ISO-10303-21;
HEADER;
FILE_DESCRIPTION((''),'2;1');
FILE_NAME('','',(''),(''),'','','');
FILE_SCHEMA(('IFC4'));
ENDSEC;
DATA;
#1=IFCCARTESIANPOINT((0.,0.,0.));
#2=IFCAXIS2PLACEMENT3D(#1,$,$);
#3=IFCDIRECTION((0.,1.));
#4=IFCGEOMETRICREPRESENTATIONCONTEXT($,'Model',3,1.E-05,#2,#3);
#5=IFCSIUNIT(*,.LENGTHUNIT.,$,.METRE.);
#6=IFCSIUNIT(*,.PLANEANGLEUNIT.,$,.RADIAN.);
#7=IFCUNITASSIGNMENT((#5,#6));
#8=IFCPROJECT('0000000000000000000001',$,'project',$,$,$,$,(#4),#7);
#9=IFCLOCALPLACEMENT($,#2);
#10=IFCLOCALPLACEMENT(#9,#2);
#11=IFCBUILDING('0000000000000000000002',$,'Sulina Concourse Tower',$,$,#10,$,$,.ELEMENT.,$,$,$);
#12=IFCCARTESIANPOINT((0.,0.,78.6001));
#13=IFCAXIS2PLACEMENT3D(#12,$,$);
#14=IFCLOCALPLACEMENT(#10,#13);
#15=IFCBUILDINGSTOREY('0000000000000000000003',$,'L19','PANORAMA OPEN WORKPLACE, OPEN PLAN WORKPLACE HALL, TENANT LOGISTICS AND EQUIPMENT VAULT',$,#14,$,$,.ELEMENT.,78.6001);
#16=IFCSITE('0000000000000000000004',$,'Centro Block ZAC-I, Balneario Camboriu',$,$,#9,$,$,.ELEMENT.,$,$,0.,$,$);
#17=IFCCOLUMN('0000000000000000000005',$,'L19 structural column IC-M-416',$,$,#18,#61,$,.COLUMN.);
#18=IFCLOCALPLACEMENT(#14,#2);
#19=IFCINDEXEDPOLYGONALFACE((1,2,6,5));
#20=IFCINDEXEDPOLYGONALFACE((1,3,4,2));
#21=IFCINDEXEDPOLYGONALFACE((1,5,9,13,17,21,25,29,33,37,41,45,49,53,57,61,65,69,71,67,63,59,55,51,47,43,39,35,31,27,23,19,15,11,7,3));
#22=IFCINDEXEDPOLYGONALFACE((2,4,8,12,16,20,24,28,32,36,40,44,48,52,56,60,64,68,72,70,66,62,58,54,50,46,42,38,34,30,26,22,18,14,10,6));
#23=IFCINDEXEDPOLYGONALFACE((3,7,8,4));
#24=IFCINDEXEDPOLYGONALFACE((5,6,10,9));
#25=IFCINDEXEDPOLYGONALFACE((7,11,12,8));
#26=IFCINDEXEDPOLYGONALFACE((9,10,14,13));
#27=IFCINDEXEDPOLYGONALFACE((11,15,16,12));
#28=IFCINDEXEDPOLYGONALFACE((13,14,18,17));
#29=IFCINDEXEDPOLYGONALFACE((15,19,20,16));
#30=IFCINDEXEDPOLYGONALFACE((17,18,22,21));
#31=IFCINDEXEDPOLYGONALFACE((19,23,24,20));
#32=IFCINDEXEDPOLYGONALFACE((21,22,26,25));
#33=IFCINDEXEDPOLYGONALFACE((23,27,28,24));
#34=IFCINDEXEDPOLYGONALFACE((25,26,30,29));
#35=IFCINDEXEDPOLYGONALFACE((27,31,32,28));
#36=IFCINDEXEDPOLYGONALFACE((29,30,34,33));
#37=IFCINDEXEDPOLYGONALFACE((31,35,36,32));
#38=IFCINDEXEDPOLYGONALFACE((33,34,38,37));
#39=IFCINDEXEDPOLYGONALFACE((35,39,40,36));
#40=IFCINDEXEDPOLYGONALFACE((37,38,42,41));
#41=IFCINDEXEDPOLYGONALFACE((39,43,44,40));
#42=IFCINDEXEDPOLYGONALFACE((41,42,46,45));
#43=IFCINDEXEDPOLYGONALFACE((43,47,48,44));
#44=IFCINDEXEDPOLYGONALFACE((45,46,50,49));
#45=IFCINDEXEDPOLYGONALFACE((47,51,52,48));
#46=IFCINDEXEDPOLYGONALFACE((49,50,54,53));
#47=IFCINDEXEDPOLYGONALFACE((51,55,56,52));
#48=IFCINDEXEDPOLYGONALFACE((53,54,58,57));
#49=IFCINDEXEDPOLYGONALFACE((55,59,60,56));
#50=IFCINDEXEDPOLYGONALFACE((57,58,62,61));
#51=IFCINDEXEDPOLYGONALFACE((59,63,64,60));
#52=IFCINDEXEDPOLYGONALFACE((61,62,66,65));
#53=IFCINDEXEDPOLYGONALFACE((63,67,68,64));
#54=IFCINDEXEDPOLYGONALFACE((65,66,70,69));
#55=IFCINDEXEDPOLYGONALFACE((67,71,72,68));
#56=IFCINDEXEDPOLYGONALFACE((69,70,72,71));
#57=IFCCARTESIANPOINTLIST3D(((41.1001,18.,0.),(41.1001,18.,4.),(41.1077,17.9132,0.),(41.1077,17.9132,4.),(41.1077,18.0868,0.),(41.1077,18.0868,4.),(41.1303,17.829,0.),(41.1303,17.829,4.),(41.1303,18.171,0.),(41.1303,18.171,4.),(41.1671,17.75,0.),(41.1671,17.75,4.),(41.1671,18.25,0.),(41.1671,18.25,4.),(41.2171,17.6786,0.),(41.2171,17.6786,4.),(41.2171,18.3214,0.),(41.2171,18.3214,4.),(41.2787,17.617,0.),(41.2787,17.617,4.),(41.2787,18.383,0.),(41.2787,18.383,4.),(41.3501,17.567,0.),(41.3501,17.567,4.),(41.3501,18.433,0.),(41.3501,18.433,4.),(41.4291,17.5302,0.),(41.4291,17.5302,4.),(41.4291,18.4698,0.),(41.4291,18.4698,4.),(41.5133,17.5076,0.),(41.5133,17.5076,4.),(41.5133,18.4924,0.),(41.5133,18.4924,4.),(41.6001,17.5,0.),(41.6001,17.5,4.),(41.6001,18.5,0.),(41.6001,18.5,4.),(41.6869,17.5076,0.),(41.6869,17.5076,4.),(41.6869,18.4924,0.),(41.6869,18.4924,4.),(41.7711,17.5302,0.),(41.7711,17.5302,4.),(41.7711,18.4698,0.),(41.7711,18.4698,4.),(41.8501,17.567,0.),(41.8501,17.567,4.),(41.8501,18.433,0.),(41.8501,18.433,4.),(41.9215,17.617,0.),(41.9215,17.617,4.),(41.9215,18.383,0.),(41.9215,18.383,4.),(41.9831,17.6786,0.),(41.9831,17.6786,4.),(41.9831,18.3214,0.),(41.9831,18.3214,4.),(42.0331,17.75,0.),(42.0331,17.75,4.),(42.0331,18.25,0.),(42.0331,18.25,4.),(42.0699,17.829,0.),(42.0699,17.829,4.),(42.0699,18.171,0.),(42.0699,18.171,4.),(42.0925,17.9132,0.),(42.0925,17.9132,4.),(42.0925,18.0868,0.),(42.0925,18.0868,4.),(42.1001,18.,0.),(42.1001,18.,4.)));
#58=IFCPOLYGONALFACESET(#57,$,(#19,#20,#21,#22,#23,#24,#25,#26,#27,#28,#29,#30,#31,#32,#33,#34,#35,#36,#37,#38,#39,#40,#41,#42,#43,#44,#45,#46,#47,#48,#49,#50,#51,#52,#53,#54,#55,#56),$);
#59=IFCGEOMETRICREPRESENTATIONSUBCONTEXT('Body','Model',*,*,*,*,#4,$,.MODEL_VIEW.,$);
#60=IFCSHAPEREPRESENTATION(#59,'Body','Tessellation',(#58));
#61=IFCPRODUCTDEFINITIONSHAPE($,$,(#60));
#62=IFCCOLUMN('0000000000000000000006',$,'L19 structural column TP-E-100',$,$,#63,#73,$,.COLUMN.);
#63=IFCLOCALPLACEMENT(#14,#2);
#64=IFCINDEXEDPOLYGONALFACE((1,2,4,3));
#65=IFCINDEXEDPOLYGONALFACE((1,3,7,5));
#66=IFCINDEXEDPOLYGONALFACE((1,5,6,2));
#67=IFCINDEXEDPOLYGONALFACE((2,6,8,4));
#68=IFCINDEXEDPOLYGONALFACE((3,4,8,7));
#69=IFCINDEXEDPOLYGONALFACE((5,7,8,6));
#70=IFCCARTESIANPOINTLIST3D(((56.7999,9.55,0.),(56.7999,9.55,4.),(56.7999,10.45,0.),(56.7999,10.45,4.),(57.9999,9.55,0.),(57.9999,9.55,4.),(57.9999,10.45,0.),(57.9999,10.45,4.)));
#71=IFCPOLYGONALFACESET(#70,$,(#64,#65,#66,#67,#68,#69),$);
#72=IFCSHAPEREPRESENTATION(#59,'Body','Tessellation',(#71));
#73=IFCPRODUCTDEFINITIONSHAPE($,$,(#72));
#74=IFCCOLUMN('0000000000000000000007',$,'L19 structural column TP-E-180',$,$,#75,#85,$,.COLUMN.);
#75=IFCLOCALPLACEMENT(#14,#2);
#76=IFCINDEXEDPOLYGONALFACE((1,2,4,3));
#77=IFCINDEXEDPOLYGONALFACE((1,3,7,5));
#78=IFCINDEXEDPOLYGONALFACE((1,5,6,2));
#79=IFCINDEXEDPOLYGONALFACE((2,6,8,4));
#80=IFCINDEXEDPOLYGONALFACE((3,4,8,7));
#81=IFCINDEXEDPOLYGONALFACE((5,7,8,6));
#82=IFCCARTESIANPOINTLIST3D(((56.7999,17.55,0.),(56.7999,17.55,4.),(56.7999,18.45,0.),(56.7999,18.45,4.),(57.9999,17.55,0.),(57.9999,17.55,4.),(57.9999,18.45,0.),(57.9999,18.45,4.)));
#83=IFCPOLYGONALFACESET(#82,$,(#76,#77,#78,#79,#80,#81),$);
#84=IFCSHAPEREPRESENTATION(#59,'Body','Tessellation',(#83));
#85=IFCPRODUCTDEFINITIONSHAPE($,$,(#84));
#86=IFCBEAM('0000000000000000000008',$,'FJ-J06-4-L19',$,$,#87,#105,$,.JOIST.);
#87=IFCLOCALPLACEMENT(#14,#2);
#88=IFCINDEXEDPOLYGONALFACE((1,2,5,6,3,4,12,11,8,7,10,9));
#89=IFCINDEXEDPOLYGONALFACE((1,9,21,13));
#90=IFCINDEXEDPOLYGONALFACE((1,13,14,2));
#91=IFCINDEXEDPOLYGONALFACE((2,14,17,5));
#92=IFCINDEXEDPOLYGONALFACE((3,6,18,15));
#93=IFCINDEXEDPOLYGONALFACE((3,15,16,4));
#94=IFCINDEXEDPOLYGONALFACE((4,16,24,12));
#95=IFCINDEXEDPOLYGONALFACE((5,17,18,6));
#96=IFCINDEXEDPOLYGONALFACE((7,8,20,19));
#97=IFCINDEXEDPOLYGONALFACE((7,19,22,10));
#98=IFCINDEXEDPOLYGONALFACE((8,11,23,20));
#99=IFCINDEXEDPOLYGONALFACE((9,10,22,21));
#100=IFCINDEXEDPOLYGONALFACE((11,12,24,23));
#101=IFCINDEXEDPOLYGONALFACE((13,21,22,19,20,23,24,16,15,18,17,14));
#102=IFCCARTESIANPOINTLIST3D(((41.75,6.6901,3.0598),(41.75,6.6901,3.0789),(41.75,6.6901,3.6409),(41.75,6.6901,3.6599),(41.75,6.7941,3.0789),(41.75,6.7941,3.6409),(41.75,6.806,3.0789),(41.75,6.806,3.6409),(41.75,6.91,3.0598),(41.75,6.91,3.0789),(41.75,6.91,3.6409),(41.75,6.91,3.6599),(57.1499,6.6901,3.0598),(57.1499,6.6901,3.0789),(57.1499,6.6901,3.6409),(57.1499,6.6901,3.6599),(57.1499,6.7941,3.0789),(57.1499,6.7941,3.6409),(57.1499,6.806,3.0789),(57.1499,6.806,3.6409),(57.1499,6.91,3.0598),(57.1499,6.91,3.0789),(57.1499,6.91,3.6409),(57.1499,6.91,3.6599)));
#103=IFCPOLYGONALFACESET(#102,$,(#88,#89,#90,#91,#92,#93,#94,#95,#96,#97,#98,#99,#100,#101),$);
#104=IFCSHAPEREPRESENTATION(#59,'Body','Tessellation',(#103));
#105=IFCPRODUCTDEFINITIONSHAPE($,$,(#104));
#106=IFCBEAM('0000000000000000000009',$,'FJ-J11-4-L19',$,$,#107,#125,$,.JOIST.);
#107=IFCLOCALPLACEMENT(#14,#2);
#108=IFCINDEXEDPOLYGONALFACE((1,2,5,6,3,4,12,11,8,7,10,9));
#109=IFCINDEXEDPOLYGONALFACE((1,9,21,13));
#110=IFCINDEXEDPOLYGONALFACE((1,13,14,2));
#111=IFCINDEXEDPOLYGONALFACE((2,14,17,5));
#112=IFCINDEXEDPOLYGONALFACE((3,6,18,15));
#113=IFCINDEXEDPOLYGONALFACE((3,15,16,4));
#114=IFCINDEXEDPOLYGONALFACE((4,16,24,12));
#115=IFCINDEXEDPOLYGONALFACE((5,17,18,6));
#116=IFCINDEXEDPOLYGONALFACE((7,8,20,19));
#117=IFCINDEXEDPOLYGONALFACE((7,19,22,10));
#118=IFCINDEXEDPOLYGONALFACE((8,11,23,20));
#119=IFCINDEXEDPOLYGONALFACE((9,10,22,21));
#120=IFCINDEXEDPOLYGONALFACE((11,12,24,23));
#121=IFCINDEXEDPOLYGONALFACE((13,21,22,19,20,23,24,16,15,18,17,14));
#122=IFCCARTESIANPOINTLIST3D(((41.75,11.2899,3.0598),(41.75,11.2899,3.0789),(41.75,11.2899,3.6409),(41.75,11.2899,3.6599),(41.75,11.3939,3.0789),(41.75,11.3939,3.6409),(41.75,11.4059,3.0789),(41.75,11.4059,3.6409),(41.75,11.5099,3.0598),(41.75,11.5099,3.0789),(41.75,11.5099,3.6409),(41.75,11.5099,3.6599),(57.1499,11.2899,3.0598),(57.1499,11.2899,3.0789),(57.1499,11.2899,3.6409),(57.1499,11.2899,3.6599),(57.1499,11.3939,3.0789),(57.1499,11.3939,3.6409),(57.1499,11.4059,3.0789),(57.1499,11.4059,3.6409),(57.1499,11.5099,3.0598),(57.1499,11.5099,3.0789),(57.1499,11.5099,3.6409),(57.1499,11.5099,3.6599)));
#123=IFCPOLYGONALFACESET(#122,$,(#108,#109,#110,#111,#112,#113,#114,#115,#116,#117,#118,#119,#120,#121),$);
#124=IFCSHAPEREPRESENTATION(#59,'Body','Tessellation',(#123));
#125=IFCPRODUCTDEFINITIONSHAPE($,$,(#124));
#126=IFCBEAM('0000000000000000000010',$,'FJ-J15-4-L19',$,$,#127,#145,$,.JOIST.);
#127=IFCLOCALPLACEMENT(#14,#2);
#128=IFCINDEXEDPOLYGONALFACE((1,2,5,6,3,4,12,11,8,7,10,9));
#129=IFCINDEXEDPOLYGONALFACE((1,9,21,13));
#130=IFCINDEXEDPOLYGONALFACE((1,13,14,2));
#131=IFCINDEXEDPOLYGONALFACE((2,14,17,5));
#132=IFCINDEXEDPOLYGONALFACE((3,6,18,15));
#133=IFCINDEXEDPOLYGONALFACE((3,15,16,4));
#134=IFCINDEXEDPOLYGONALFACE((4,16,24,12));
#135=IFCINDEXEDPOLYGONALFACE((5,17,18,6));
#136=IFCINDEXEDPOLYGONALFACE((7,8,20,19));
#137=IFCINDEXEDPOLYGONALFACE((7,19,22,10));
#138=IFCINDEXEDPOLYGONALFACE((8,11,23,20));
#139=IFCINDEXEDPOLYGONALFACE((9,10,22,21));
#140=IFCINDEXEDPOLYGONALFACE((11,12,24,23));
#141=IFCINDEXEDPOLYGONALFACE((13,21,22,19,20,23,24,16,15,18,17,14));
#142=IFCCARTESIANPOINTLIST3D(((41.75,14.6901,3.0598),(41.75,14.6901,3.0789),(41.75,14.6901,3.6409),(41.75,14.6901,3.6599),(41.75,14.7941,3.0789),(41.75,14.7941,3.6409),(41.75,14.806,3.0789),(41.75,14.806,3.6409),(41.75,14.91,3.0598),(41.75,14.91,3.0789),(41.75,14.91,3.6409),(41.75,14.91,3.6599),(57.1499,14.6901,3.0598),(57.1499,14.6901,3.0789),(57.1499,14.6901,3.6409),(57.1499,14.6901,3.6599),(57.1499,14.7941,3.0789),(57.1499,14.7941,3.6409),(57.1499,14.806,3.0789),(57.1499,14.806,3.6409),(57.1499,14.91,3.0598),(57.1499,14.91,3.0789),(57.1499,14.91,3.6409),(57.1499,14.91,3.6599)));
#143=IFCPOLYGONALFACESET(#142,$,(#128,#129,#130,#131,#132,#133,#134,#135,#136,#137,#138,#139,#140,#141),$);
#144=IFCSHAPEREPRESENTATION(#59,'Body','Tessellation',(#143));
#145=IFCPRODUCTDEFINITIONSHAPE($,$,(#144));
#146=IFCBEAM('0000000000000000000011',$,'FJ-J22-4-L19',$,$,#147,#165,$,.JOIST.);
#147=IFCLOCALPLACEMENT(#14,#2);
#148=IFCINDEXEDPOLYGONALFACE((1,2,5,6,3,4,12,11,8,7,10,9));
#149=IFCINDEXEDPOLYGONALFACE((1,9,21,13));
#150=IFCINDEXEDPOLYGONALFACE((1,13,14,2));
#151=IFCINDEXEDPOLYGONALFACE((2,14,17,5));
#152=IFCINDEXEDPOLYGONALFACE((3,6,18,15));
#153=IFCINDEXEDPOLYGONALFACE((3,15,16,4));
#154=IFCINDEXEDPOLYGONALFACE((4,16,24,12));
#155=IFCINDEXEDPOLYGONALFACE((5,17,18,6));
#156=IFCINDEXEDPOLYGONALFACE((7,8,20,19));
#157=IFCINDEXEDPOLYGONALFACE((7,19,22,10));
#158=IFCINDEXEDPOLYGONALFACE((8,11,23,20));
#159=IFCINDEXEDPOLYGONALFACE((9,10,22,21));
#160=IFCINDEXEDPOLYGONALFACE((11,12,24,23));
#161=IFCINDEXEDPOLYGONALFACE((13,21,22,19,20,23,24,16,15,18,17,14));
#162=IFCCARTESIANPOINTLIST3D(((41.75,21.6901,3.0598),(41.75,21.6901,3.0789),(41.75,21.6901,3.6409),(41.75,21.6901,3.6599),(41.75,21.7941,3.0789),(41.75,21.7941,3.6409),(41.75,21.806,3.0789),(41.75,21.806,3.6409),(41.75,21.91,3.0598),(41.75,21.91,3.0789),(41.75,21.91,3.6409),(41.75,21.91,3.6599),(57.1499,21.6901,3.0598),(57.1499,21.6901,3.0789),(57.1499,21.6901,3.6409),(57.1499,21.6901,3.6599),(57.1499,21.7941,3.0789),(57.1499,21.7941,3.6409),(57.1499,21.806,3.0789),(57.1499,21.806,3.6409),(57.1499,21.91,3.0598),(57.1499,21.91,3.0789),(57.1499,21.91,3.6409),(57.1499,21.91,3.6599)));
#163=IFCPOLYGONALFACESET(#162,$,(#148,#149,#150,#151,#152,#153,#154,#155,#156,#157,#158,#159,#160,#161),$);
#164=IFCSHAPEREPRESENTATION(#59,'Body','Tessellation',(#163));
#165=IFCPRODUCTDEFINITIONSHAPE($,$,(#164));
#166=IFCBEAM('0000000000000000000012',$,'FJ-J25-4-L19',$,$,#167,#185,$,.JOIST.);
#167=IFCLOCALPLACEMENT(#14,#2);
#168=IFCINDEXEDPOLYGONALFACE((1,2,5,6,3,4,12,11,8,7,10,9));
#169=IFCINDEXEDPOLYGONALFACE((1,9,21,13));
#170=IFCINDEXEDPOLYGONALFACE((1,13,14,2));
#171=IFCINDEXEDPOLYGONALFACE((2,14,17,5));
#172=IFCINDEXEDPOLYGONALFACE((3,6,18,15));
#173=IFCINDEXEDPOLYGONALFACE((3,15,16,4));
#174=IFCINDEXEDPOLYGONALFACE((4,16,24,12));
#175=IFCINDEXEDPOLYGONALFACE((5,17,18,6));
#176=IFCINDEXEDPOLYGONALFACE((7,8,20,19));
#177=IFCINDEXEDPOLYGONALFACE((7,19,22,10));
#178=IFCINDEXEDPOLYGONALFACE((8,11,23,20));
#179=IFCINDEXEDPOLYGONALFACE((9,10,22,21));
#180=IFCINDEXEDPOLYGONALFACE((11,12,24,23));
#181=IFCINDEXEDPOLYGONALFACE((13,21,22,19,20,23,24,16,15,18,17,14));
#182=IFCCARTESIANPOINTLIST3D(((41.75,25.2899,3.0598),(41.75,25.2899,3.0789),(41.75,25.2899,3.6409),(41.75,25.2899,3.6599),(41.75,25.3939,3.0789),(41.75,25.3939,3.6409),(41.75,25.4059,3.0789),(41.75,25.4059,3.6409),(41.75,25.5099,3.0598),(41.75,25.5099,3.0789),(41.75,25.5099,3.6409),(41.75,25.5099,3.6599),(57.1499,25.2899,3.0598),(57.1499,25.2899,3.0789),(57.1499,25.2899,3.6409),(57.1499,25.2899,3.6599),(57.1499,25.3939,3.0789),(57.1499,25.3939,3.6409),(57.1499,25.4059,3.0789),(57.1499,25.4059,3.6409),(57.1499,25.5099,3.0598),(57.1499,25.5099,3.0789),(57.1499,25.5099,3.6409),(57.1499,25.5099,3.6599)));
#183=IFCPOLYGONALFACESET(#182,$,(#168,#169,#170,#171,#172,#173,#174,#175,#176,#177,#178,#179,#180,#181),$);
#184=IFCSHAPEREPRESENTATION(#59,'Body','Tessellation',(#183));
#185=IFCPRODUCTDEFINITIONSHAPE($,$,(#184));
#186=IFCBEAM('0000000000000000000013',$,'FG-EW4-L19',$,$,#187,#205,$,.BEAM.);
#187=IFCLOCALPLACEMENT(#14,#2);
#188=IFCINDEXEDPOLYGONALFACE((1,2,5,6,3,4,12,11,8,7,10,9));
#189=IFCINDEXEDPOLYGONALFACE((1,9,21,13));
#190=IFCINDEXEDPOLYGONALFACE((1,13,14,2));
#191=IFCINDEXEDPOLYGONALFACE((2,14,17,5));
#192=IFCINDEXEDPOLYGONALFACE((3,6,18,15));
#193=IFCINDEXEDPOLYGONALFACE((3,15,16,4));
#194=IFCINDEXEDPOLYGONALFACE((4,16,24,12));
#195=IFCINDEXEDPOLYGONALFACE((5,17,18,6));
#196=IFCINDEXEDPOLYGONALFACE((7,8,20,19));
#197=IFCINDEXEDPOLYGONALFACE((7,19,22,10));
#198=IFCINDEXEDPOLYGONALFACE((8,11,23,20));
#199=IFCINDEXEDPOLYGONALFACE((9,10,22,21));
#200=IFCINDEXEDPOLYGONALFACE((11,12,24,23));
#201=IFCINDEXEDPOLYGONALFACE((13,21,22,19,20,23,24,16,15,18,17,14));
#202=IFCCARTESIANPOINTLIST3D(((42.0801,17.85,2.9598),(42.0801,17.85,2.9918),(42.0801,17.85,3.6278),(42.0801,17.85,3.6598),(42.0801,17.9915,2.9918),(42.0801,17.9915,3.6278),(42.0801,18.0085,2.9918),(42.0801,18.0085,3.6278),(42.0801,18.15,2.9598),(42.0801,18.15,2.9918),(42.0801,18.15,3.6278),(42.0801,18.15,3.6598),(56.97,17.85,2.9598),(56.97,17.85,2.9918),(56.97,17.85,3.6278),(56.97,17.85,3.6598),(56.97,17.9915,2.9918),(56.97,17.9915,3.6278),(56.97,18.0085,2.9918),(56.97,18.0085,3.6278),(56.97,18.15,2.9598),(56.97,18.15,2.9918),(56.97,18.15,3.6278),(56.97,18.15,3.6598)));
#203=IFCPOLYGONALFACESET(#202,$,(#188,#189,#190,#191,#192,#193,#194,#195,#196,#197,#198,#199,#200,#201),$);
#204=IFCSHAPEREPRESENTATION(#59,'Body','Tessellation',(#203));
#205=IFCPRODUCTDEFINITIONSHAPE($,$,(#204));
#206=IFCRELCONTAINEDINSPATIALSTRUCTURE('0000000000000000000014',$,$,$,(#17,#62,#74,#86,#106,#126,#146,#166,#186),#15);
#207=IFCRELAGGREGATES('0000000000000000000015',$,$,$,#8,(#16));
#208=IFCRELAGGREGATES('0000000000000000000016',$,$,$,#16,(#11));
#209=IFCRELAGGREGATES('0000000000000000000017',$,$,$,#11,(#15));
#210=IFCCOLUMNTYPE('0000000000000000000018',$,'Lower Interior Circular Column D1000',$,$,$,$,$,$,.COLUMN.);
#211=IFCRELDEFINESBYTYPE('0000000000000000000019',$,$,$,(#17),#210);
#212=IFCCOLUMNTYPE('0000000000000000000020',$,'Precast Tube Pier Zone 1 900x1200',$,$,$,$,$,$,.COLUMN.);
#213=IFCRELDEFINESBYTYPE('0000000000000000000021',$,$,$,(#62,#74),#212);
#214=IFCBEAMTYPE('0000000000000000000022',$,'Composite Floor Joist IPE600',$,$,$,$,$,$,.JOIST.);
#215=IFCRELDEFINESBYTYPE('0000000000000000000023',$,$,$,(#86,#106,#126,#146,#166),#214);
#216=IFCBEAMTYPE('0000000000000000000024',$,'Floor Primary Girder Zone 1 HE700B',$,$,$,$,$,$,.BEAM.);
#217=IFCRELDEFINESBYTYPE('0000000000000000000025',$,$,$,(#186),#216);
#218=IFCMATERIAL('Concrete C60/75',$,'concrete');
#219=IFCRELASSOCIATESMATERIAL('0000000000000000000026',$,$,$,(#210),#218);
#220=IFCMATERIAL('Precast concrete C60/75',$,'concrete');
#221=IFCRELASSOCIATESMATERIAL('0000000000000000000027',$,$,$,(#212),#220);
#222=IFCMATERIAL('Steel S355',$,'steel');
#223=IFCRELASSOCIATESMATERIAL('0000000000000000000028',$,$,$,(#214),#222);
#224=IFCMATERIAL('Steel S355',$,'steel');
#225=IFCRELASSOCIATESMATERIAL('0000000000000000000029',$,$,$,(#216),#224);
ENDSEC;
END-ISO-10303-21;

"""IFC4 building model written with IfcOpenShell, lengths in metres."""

from ifc_helpers import new_model, si_unit, direction, frame, origin, origin_2d, place, context, subcontext, project, spatial, rectangle, circle, i_section, extrude, material, material_profile, profile_set, type_object, element, save


model = new_model("IFC4")

# Units and contexts
model_context = context("Model", 3, precision=1e-05, world=origin(), true_north=direction((0.0, 1.0)))
body_context = subcontext(model_context, "Body", "Model", "MODEL_VIEW")
ifc_project = project(units=[si_unit("LENGTHUNIT", "METRE"), si_unit("PLANEANGLEUNIT", "RADIAN")], contexts=[model_context])

# Site, building, storey
site_placement = place(None, origin())
site = spatial("IfcSite", under=ifc_project, at=site_placement, Name="Centro Block ZAC-I, Balneario Camboriu", CompositionType="ELEMENT", RefElevation=0.0)
building_placement = place(site_placement, origin())
building = spatial("IfcBuilding", under=site, at=building_placement, Name="Sulina Concourse Tower", CompositionType="ELEMENT")
storey_placement = place(building_placement, frame((0.0, 0.0, 78.6001)))
storey = spatial("IfcBuildingStorey", under=building, at=storey_placement, Name="L19", Description="PANORAMA OPEN WORKPLACE, OPEN PLAN WORKPLACE HALL, TENANT LOGISTICS AND EQUIPMENT VAULT", CompositionType="ELEMENT", Elevation=78.6001)

# Columns
ifc_material_1 = material(Name="Concrete C60/75", Category="concrete")
ifc_material_profile_1 = material_profile(ifc_material_1, circle(Radius=0.5, at=origin_2d()), Name="RC D1000")
ifc_profile_set_1 = profile_set([ifc_material_profile_1], Name="Concrete C60/75")
column_type_1 = type_object("IfcColumnType", Name="Lower Interior Circular Column D1000", PredefinedType="COLUMN", material=ifc_profile_set_1)
column_placement = place(storey_placement, frame((41.6001, 18.0, 0.0), z_axis=(0.0, 0.0, 1.0), x_axis=(1.0, 0.0, 0.0)))
element("IfcColumn", 1, at=column_placement, inside=storey, type_object=column_type_1, Name="L19 structural column IC-M-416", PredefinedType="COLUMN", context=body_context, shape_type="SweptSolid", body=[
    extrude(circle(Radius=0.5, at=origin_2d()), origin(), (0.0, 0.0, 1.0), 4.0),
])
ifc_material_2 = material(Name="Precast concrete C60/75", Category="concrete")
ifc_material_profile_2 = material_profile(ifc_material_2, rectangle(XDim=0.8999, YDim=1.2, at=origin_2d()), Name="PC 900x1200")
ifc_profile_set_2 = profile_set([ifc_material_profile_2], Name="Precast concrete C60/75")
column_type_2 = type_object("IfcColumnType", Name="Precast Tube Pier Zone 1 900x1200", PredefinedType="COLUMN", material=ifc_profile_set_2)
for number, where, z_axis, x_axis, name in (
    (2, (57.3999, 10.0, 0.0), (0.0, 0.0, 1.0), (0.0, 1.0, 0.0), "L19 structural column TP-E-100"),
    (3, (57.3999, 18.0, 0.0), (0.0, 0.0, 1.0), (0.0, 1.0, 0.0), "L19 structural column TP-E-180"),
):
    element("IfcColumn", number, at=place(storey_placement, frame(where, z_axis=z_axis, x_axis=x_axis)), inside=storey, type_object=column_type_2, Name=name, PredefinedType="COLUMN", context=body_context, shape_type="SweptSolid", body=[
        extrude(rectangle(XDim=0.8999, YDim=1.2, at=origin_2d()), origin(), (0.0, 0.0, 1.0), 4.0),
    ])

# Beams
ifc_material_3 = material(Name="Steel S355", Category="steel")
ifc_material_profile_3 = material_profile(ifc_material_3, i_section(OverallWidth=0.22, OverallDepth=0.6001, WebThickness=0.012, FlangeThickness=0.019, at=origin_2d()), Name="IPE 600")
ifc_profile_set_3 = profile_set([ifc_material_profile_3], Name="Steel S355")
beam_type_1 = type_object("IfcBeamType", Name="Composite Floor Joist IPE600", PredefinedType="JOIST", material=ifc_profile_set_3)
for number, where, z_axis, x_axis, name in (
    (4, (41.75, 6.8, 3.3599), (1.0, 0.0, 0.0), (0.0, 1.0, 0.0), "FJ-J06-4-L19"),
    (5, (41.75, 11.3999, 3.3599), (1.0, 0.0, 0.0), (0.0, 1.0, 0.0), "FJ-J11-4-L19"),
    (6, (41.75, 14.8, 3.3599), (1.0, 0.0, 0.0), (0.0, 1.0, 0.0), "FJ-J15-4-L19"),
    (7, (41.75, 21.8, 3.3599), (1.0, 0.0, 0.0), (0.0, 1.0, 0.0), "FJ-J22-4-L19"),
    (8, (41.75, 25.3999, 3.3599), (1.0, 0.0, 0.0), (0.0, 1.0, 0.0), "FJ-J25-4-L19"),
):
    element("IfcBeam", number, at=place(storey_placement, frame(where, z_axis=z_axis, x_axis=x_axis)), inside=storey, type_object=beam_type_1, Name=name, PredefinedType="JOIST", context=body_context, shape_type="SweptSolid", body=[
        extrude(i_section(OverallWidth=0.22, OverallDepth=0.6001, WebThickness=0.012, FlangeThickness=0.019, at=origin_2d()), origin(), (0.0, 0.0, 1.0), 15.3999),
    ])
ifc_material_4 = material(Name="Steel S355", Category="steel")
ifc_material_profile_4 = material_profile(ifc_material_4, i_section(OverallWidth=0.3, OverallDepth=0.7, WebThickness=0.0171, FlangeThickness=0.032, at=origin_2d()), Name="HE 700 B")
ifc_profile_set_4 = profile_set([ifc_material_profile_4], Name="Steel S355")
beam_type_2 = type_object("IfcBeamType", Name="Floor Primary Girder Zone 1 HE700B", PredefinedType="BEAM", material=ifc_profile_set_4)
beam_1_placement = place(storey_placement, frame((42.0801, 18.0, 3.3098), z_axis=(1.0, 0.0, 0.0), x_axis=(0.0, 1.0, 0.0)))
element("IfcBeam", 9, at=beam_1_placement, inside=storey, type_object=beam_type_2, Name="FG-EW4-L19", PredefinedType="BEAM", context=body_context, shape_type="SweptSolid", body=[
    extrude(i_section(OverallWidth=0.3, OverallDepth=0.7, WebThickness=0.0171, FlangeThickness=0.032, at=origin_2d()), origin(), (0.0, 0.0, 1.0), 14.8899),
])

save(model, "model.ifc")
